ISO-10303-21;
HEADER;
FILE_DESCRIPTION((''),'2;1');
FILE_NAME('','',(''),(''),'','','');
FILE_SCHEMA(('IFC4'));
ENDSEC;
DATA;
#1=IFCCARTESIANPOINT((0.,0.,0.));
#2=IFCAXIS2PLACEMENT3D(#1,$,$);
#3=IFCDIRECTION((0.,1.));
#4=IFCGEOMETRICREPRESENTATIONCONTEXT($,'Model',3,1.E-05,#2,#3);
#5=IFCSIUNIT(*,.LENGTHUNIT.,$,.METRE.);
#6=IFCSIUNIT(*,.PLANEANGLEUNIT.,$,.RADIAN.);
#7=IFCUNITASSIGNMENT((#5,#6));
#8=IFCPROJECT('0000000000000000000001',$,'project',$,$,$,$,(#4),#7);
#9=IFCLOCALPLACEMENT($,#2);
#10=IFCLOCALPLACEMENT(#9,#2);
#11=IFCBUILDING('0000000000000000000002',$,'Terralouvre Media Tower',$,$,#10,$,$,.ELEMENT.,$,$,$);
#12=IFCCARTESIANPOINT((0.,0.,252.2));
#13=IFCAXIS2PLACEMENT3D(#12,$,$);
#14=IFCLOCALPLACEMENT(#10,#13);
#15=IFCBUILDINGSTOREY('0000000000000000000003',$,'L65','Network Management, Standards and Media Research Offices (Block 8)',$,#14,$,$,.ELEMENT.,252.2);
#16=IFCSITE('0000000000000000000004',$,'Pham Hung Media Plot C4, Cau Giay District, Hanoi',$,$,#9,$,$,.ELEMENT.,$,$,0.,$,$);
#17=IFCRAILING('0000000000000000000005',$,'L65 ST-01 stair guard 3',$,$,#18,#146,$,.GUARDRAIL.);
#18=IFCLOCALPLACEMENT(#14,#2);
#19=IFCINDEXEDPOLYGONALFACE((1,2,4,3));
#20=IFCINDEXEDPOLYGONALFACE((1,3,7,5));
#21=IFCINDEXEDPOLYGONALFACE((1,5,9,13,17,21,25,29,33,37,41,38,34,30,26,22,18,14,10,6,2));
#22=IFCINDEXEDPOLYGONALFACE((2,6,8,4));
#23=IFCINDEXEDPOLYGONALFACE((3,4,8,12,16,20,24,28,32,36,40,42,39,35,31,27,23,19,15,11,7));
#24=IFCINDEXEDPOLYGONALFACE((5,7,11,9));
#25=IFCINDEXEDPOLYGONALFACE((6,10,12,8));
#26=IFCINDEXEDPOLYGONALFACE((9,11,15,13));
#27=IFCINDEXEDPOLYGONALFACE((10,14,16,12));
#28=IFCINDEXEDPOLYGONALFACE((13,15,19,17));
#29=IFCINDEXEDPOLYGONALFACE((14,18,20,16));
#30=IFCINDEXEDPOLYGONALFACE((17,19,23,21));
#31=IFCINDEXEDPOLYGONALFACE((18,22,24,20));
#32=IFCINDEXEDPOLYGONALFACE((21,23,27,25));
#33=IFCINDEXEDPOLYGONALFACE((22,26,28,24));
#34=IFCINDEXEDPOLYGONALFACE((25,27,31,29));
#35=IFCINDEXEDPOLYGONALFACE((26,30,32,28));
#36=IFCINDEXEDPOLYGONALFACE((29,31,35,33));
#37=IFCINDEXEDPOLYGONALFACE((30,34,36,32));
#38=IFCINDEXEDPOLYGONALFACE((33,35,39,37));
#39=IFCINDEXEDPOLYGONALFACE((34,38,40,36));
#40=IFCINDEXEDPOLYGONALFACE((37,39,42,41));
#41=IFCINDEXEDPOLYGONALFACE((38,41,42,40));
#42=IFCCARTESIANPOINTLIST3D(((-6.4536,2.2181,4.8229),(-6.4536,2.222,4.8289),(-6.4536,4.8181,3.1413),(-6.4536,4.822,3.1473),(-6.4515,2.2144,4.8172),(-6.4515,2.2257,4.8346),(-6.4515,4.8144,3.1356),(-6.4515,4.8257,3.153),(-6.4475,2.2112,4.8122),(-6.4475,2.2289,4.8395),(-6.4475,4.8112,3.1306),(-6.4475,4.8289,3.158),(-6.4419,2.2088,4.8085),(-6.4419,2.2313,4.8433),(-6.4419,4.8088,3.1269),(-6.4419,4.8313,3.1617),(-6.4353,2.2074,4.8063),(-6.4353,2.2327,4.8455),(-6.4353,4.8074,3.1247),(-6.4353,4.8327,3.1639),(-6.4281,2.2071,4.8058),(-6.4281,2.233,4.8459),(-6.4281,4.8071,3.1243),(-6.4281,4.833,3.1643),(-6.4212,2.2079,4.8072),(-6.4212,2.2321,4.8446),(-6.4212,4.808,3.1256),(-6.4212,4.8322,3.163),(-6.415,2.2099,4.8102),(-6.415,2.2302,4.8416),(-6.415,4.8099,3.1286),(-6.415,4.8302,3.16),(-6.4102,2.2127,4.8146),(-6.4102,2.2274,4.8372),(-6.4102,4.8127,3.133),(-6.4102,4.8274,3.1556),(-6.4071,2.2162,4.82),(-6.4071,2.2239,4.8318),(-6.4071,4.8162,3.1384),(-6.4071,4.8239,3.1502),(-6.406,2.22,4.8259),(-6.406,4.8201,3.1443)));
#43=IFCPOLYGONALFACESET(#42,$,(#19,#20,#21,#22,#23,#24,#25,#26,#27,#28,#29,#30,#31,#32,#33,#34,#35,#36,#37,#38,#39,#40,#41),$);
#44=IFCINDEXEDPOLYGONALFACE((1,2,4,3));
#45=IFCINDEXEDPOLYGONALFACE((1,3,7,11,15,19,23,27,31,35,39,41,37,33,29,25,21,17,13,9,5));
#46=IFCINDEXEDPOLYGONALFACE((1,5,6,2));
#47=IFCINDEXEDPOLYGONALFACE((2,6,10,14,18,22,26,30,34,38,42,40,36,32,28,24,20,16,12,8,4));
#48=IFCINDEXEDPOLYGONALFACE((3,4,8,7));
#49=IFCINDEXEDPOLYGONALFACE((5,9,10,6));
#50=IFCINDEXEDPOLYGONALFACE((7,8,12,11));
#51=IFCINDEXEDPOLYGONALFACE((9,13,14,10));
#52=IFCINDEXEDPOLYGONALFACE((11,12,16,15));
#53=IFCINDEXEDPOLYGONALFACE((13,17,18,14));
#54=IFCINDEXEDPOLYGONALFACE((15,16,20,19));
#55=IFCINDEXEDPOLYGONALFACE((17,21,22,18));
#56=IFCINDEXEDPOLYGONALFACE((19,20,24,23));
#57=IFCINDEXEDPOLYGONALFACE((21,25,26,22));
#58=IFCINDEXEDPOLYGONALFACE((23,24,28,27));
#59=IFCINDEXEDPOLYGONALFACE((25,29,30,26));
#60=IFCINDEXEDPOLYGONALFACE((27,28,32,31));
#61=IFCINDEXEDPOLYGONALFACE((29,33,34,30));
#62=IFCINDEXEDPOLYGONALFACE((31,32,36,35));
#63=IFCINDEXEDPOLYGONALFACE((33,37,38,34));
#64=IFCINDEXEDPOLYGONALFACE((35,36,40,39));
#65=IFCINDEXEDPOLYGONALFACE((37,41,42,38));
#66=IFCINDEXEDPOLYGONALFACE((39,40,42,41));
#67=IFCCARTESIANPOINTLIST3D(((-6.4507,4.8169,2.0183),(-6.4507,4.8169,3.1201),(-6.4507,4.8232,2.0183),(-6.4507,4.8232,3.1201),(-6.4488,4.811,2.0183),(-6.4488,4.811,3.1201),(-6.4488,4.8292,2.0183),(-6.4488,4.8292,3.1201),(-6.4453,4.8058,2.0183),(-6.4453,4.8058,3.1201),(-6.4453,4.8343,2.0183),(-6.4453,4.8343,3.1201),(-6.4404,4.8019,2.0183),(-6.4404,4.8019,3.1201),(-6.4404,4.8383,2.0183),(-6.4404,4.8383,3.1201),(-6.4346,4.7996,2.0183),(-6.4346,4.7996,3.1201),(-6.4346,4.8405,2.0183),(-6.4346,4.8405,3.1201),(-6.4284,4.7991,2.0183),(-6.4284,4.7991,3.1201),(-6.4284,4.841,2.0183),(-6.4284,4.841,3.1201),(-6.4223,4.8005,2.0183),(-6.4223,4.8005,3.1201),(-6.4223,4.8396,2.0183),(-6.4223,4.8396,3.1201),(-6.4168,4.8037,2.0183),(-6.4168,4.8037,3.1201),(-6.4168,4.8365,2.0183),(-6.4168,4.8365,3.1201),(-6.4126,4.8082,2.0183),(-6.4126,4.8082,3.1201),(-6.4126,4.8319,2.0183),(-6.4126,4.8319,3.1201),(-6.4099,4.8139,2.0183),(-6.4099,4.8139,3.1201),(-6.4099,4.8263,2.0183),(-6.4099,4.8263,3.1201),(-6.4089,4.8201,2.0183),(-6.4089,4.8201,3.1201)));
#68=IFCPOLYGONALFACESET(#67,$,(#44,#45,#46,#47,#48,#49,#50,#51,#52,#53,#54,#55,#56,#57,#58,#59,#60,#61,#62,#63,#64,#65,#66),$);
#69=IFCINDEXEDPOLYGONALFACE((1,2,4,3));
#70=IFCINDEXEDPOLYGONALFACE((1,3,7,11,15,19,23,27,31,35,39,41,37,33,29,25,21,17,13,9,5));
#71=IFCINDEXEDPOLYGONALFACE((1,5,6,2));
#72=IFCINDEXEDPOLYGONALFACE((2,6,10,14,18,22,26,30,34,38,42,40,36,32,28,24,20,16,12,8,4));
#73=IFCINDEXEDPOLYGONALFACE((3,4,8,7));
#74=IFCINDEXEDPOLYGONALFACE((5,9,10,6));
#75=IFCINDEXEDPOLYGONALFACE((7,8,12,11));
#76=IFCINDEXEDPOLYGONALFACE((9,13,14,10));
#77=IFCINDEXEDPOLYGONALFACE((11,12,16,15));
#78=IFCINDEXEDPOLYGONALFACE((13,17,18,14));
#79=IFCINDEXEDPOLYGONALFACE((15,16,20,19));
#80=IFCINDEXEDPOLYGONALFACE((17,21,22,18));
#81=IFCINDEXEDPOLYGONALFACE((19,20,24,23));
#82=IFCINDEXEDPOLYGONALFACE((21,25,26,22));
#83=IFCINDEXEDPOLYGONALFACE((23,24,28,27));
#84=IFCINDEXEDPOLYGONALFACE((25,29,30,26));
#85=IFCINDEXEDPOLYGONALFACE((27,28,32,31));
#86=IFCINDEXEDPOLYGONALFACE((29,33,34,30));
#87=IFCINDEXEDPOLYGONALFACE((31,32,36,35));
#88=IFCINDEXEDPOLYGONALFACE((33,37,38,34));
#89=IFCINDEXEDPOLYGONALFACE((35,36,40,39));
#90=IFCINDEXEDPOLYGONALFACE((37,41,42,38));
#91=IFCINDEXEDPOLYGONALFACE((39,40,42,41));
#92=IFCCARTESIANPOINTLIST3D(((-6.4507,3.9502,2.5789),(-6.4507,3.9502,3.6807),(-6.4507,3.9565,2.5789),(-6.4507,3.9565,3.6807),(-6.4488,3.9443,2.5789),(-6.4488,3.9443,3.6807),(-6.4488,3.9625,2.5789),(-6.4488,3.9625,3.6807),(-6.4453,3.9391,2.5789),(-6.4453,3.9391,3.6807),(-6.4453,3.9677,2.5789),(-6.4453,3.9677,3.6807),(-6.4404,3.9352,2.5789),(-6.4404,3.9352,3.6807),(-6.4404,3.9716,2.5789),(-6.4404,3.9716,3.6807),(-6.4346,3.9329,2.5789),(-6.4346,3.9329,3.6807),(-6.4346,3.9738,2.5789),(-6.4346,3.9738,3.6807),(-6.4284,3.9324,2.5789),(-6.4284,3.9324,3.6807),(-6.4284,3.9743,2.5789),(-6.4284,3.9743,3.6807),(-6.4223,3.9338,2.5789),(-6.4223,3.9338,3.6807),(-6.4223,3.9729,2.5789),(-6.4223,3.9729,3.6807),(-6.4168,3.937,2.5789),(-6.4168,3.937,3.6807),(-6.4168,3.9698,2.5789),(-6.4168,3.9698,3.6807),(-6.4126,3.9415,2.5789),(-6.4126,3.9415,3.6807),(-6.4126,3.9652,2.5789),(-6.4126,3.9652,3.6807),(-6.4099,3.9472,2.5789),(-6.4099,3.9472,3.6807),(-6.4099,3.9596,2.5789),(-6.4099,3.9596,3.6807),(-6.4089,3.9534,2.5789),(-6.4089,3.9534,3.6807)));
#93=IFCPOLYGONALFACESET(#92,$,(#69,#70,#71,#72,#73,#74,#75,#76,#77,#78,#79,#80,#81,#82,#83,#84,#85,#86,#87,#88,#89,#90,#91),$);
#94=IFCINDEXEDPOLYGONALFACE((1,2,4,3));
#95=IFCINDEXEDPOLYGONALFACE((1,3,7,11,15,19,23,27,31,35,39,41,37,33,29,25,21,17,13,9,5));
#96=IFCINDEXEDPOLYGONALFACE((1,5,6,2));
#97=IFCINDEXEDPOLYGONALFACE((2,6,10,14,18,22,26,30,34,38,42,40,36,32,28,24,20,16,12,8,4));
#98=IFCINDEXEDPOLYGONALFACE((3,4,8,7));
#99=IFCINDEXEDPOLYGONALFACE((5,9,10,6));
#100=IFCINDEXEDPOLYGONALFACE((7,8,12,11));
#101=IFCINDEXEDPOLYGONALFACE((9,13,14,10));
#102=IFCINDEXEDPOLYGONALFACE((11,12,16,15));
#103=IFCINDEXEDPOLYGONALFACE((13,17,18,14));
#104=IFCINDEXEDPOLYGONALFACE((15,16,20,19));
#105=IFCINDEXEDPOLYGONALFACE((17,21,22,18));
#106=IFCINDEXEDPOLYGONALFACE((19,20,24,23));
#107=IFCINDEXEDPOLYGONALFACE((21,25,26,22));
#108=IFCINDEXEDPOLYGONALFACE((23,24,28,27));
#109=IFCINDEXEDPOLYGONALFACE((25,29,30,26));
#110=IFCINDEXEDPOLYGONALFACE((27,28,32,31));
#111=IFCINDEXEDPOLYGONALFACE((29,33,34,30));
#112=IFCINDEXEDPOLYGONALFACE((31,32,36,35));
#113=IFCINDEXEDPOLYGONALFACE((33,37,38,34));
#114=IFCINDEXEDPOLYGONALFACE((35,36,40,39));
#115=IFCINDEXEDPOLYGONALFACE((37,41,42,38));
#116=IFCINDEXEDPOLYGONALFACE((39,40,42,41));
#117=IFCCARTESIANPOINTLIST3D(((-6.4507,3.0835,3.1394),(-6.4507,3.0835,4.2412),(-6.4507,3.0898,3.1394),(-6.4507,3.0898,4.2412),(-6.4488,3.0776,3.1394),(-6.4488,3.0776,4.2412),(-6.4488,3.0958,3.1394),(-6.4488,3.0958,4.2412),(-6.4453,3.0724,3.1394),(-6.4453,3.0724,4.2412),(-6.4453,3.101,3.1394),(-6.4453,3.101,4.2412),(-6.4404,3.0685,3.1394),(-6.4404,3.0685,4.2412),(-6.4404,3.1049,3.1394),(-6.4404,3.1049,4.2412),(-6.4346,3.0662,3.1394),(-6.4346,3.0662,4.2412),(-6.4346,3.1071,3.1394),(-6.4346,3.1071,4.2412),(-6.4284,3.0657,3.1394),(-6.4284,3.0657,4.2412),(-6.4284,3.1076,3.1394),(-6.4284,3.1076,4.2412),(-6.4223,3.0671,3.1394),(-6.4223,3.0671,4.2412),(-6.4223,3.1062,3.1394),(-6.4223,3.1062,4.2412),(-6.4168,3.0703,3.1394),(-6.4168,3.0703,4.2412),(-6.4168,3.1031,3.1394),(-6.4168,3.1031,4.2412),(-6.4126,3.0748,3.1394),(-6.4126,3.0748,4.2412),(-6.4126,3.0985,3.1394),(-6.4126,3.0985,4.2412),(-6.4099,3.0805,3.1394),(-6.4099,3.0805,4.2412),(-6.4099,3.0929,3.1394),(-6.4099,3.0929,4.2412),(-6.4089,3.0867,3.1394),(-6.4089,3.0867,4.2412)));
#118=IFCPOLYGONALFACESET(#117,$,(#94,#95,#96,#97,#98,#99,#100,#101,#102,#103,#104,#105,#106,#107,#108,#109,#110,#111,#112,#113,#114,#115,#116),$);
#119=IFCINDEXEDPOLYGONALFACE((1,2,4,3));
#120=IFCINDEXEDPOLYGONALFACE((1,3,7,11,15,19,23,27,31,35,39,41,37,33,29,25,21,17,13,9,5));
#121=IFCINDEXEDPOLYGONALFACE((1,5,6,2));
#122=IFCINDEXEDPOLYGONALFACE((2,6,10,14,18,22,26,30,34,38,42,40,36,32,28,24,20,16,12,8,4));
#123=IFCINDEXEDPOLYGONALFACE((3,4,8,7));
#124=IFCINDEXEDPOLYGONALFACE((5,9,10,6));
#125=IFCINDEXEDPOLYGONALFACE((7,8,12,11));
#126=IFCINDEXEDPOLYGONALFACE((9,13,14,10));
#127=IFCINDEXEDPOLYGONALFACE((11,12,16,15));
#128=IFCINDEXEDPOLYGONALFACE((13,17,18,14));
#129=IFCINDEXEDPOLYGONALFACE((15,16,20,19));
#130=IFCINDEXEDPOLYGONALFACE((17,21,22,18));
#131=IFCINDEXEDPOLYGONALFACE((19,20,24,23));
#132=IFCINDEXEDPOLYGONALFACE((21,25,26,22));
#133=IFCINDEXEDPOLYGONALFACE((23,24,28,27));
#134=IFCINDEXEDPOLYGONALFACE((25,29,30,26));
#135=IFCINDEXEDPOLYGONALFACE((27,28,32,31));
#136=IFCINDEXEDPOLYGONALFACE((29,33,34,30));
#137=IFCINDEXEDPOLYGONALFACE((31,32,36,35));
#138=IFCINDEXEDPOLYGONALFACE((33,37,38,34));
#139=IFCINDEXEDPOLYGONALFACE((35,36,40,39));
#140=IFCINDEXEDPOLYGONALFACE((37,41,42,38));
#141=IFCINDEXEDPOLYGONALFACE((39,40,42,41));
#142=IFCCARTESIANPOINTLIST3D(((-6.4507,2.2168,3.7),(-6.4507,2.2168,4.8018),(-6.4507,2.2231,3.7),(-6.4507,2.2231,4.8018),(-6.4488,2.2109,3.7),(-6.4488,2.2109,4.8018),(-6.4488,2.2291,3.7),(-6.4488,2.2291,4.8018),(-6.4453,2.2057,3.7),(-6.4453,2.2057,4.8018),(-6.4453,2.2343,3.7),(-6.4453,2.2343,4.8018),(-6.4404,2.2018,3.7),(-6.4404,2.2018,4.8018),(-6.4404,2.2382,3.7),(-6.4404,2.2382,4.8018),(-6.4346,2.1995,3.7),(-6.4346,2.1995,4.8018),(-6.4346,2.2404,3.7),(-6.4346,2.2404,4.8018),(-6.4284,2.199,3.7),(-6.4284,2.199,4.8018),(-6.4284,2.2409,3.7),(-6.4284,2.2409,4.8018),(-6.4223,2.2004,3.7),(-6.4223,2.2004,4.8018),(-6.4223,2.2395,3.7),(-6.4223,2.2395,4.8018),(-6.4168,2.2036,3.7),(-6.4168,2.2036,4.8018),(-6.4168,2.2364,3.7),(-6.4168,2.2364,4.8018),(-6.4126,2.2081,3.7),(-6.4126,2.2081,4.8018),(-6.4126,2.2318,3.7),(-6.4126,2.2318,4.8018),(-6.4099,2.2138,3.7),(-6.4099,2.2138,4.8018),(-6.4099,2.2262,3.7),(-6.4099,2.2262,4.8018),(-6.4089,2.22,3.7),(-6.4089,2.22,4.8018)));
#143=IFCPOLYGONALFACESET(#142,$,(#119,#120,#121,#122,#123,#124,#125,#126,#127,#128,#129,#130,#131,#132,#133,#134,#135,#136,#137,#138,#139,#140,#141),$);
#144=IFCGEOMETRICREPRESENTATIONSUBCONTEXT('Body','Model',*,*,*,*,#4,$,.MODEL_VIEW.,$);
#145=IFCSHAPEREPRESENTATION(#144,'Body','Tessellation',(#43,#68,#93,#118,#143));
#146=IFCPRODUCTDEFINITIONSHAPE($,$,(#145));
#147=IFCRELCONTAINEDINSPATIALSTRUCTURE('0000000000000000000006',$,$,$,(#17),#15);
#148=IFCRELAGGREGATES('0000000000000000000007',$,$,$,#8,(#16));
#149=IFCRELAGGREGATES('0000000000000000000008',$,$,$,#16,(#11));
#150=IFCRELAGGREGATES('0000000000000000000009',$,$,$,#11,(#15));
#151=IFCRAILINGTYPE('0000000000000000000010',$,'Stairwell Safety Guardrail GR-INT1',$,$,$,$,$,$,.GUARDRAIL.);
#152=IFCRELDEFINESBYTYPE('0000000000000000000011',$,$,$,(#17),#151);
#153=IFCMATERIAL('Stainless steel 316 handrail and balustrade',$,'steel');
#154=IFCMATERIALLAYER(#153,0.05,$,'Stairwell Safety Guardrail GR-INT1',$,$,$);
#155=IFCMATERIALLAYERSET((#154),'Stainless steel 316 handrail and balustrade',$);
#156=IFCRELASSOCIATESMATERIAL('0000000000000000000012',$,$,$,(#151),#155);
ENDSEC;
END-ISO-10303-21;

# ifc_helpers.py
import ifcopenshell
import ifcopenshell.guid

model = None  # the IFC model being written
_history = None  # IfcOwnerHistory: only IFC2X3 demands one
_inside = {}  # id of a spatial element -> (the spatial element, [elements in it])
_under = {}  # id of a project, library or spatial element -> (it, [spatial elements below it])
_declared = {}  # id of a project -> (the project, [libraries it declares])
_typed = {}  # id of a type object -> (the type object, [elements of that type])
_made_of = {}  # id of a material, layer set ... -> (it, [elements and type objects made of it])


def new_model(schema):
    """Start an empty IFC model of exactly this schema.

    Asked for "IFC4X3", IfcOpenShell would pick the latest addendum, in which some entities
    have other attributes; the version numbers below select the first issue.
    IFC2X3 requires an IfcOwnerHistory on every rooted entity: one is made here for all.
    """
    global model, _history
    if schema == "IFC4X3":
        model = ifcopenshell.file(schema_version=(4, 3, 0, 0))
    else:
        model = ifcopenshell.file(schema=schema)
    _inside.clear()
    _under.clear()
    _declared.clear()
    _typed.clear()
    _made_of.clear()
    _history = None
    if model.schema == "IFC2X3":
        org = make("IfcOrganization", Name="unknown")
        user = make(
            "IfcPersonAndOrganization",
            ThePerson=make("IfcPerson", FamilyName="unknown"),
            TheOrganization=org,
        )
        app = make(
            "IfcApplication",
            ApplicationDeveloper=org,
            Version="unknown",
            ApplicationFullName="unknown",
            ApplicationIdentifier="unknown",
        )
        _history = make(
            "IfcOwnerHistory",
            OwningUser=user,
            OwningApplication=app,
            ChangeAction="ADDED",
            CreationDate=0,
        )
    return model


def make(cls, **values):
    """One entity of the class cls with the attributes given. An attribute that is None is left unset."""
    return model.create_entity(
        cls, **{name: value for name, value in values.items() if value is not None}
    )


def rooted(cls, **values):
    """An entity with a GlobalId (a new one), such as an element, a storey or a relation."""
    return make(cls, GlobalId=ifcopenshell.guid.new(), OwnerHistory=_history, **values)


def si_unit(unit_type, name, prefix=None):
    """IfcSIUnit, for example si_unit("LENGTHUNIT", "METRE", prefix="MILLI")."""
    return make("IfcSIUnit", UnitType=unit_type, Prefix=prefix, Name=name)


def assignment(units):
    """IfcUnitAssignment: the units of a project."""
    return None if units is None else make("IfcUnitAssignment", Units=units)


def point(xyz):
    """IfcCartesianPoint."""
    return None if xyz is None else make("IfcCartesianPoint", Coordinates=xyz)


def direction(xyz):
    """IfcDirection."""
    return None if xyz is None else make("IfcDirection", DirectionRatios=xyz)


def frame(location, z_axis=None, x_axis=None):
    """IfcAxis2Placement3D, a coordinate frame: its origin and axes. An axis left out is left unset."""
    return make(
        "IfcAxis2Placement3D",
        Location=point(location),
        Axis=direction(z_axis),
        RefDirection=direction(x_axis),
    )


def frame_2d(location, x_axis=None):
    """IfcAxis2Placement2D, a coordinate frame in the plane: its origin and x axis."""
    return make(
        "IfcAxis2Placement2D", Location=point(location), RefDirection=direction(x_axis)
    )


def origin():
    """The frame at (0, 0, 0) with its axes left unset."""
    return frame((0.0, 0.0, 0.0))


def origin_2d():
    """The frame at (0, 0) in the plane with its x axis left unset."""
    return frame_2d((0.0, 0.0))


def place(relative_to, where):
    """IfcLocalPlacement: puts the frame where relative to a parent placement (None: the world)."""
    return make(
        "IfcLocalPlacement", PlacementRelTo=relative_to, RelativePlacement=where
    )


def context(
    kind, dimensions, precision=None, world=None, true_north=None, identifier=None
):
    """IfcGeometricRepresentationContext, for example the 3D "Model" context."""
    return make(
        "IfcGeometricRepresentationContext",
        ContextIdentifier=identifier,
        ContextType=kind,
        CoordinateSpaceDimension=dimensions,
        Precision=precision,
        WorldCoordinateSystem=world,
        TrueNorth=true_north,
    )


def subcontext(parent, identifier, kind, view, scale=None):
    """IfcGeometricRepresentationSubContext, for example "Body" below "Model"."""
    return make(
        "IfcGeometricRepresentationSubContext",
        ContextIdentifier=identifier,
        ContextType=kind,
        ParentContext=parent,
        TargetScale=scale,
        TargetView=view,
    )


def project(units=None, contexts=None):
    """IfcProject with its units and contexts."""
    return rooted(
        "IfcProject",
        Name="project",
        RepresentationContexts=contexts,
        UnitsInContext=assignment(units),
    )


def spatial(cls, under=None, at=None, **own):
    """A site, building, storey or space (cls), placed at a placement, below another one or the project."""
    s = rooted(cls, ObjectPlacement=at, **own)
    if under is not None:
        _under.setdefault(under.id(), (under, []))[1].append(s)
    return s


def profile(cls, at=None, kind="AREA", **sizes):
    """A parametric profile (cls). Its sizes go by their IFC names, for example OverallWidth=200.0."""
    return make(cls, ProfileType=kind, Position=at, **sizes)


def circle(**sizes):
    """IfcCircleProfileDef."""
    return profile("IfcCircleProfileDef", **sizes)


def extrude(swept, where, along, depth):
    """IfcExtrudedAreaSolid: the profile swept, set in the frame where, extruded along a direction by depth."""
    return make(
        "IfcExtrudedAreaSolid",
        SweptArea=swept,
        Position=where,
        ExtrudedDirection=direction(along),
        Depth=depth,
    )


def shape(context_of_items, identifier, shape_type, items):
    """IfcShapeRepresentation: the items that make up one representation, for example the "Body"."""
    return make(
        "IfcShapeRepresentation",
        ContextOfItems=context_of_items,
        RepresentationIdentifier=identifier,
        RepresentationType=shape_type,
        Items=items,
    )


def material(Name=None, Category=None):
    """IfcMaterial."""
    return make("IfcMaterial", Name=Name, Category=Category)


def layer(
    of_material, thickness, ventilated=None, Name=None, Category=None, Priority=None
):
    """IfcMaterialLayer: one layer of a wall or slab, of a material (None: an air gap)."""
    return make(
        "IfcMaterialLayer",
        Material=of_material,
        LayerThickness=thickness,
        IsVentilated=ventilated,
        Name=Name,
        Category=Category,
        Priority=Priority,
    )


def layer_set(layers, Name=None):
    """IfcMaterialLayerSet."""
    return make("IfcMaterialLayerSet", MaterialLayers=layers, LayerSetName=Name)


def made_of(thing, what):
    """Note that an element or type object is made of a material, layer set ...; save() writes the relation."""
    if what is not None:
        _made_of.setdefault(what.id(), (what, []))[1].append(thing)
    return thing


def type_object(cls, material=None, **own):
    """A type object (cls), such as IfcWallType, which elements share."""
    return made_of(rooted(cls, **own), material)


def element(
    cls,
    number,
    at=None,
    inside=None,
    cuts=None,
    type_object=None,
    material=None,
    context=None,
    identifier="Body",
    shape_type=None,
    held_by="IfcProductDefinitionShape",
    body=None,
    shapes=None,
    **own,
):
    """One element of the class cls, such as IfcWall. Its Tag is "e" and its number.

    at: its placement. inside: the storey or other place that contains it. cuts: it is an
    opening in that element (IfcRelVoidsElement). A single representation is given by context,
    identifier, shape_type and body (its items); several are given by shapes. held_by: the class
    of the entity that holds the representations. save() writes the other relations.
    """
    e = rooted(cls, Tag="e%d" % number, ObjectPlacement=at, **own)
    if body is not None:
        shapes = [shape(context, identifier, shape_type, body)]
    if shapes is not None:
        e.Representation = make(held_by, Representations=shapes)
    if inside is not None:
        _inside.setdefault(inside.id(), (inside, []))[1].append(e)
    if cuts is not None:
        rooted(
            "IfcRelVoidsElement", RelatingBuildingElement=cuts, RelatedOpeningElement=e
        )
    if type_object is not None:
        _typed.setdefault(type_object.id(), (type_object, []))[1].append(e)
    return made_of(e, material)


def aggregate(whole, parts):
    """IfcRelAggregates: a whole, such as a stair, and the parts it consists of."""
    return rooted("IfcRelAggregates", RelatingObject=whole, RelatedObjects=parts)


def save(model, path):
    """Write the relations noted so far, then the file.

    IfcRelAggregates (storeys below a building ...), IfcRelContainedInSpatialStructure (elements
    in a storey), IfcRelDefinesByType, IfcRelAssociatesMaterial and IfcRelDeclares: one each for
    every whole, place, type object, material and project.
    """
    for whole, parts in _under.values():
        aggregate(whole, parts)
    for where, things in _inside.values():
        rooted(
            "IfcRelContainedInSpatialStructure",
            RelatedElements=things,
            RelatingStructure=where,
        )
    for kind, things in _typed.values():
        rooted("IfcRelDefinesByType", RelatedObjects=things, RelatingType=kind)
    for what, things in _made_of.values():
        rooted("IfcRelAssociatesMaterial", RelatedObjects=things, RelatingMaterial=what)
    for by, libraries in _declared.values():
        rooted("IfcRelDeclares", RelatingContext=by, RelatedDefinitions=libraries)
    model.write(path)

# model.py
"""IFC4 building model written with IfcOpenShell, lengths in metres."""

from ifc_helpers import new_model, si_unit, direction, frame, origin, origin_2d, place, context, subcontext, project, spatial, circle, extrude, material, layer, layer_set, type_object, element, save


model = new_model("IFC4")

# Units and contexts
model_context = context("Model", 3, precision=1e-05, world=origin(), true_north=direction((0.0, 1.0)))
body_context = subcontext(model_context, "Body", "Model", "MODEL_VIEW")
ifc_project = project(units=[si_unit("LENGTHUNIT", "METRE"), si_unit("PLANEANGLEUNIT", "RADIAN")], contexts=[model_context])

# Site, building, storey
site_placement = place(None, origin())
site = spatial("IfcSite", under=ifc_project, at=site_placement, Name="Pham Hung Media Plot C4, Cau Giay District, Hanoi", CompositionType="ELEMENT", RefElevation=0.0)
building_placement = place(site_placement, origin())
building = spatial("IfcBuilding", under=site, at=building_placement, Name="Terralouvre Media Tower", CompositionType="ELEMENT")
storey_placement = place(building_placement, frame((0.0, 0.0, 252.2)))
storey = spatial("IfcBuildingStorey", under=building, at=storey_placement, Name="L65", Description="Network Management, Standards and Media Research Offices (Block 8)", CompositionType="ELEMENT", Elevation=252.2)

# Railing
ifc_material_1 = material(Name="Stainless steel 316 handrail and balustrade", Category="steel")
ifc_layer_1 = layer(ifc_material_1, 0.05, Name="Stairwell Safety Guardrail GR-INT1")
ifc_layer_set_1 = layer_set([ifc_layer_1], Name="Stainless steel 316 handrail and balustrade")
railing_type_1 = type_object("IfcRailingType", Name="Stairwell Safety Guardrail GR-INT1", PredefinedType="GUARDRAIL", material=ifc_layer_set_1)
railing_1_placement = place(storey_placement, frame((-6.4299, 4.8201, 2.0183)))
element("IfcRailing", 1, at=railing_1_placement, inside=storey, type_object=railing_type_1, Name="L65 ST-01 stair guard 3", PredefinedType="GUARDRAIL", context=body_context, shape_type="SweptSolid", body=[
    extrude(circle(Radius=0.0239, at=origin_2d()), frame((0.0, 0.0, 1.126), z_axis=(0.0, -0.839684, 0.543075), x_axis=(1.0, 0.0, 0.0)), (0.0, 0.0, 1.0), 3.0964),
    extrude(circle(Radius=0.021, at=origin_2d()), origin(), (0.0, 0.0, 1.0), 1.1018),
    extrude(circle(Radius=0.021, at=origin_2d()), frame((0.0, -0.8667, 0.5605)), (0.0, 0.0, 1.0), 1.1018),
    extrude(circle(Radius=0.021, at=origin_2d()), frame((0.0, -1.7334, 1.1211)), (0.0, 0.0, 1.0), 1.1018),
    extrude(circle(Radius=0.021, at=origin_2d()), frame((0.0, -2.6001, 1.6816)), (0.0, 0.0, 1.0), 1.1018),
])

save(model, "model.ifc")
